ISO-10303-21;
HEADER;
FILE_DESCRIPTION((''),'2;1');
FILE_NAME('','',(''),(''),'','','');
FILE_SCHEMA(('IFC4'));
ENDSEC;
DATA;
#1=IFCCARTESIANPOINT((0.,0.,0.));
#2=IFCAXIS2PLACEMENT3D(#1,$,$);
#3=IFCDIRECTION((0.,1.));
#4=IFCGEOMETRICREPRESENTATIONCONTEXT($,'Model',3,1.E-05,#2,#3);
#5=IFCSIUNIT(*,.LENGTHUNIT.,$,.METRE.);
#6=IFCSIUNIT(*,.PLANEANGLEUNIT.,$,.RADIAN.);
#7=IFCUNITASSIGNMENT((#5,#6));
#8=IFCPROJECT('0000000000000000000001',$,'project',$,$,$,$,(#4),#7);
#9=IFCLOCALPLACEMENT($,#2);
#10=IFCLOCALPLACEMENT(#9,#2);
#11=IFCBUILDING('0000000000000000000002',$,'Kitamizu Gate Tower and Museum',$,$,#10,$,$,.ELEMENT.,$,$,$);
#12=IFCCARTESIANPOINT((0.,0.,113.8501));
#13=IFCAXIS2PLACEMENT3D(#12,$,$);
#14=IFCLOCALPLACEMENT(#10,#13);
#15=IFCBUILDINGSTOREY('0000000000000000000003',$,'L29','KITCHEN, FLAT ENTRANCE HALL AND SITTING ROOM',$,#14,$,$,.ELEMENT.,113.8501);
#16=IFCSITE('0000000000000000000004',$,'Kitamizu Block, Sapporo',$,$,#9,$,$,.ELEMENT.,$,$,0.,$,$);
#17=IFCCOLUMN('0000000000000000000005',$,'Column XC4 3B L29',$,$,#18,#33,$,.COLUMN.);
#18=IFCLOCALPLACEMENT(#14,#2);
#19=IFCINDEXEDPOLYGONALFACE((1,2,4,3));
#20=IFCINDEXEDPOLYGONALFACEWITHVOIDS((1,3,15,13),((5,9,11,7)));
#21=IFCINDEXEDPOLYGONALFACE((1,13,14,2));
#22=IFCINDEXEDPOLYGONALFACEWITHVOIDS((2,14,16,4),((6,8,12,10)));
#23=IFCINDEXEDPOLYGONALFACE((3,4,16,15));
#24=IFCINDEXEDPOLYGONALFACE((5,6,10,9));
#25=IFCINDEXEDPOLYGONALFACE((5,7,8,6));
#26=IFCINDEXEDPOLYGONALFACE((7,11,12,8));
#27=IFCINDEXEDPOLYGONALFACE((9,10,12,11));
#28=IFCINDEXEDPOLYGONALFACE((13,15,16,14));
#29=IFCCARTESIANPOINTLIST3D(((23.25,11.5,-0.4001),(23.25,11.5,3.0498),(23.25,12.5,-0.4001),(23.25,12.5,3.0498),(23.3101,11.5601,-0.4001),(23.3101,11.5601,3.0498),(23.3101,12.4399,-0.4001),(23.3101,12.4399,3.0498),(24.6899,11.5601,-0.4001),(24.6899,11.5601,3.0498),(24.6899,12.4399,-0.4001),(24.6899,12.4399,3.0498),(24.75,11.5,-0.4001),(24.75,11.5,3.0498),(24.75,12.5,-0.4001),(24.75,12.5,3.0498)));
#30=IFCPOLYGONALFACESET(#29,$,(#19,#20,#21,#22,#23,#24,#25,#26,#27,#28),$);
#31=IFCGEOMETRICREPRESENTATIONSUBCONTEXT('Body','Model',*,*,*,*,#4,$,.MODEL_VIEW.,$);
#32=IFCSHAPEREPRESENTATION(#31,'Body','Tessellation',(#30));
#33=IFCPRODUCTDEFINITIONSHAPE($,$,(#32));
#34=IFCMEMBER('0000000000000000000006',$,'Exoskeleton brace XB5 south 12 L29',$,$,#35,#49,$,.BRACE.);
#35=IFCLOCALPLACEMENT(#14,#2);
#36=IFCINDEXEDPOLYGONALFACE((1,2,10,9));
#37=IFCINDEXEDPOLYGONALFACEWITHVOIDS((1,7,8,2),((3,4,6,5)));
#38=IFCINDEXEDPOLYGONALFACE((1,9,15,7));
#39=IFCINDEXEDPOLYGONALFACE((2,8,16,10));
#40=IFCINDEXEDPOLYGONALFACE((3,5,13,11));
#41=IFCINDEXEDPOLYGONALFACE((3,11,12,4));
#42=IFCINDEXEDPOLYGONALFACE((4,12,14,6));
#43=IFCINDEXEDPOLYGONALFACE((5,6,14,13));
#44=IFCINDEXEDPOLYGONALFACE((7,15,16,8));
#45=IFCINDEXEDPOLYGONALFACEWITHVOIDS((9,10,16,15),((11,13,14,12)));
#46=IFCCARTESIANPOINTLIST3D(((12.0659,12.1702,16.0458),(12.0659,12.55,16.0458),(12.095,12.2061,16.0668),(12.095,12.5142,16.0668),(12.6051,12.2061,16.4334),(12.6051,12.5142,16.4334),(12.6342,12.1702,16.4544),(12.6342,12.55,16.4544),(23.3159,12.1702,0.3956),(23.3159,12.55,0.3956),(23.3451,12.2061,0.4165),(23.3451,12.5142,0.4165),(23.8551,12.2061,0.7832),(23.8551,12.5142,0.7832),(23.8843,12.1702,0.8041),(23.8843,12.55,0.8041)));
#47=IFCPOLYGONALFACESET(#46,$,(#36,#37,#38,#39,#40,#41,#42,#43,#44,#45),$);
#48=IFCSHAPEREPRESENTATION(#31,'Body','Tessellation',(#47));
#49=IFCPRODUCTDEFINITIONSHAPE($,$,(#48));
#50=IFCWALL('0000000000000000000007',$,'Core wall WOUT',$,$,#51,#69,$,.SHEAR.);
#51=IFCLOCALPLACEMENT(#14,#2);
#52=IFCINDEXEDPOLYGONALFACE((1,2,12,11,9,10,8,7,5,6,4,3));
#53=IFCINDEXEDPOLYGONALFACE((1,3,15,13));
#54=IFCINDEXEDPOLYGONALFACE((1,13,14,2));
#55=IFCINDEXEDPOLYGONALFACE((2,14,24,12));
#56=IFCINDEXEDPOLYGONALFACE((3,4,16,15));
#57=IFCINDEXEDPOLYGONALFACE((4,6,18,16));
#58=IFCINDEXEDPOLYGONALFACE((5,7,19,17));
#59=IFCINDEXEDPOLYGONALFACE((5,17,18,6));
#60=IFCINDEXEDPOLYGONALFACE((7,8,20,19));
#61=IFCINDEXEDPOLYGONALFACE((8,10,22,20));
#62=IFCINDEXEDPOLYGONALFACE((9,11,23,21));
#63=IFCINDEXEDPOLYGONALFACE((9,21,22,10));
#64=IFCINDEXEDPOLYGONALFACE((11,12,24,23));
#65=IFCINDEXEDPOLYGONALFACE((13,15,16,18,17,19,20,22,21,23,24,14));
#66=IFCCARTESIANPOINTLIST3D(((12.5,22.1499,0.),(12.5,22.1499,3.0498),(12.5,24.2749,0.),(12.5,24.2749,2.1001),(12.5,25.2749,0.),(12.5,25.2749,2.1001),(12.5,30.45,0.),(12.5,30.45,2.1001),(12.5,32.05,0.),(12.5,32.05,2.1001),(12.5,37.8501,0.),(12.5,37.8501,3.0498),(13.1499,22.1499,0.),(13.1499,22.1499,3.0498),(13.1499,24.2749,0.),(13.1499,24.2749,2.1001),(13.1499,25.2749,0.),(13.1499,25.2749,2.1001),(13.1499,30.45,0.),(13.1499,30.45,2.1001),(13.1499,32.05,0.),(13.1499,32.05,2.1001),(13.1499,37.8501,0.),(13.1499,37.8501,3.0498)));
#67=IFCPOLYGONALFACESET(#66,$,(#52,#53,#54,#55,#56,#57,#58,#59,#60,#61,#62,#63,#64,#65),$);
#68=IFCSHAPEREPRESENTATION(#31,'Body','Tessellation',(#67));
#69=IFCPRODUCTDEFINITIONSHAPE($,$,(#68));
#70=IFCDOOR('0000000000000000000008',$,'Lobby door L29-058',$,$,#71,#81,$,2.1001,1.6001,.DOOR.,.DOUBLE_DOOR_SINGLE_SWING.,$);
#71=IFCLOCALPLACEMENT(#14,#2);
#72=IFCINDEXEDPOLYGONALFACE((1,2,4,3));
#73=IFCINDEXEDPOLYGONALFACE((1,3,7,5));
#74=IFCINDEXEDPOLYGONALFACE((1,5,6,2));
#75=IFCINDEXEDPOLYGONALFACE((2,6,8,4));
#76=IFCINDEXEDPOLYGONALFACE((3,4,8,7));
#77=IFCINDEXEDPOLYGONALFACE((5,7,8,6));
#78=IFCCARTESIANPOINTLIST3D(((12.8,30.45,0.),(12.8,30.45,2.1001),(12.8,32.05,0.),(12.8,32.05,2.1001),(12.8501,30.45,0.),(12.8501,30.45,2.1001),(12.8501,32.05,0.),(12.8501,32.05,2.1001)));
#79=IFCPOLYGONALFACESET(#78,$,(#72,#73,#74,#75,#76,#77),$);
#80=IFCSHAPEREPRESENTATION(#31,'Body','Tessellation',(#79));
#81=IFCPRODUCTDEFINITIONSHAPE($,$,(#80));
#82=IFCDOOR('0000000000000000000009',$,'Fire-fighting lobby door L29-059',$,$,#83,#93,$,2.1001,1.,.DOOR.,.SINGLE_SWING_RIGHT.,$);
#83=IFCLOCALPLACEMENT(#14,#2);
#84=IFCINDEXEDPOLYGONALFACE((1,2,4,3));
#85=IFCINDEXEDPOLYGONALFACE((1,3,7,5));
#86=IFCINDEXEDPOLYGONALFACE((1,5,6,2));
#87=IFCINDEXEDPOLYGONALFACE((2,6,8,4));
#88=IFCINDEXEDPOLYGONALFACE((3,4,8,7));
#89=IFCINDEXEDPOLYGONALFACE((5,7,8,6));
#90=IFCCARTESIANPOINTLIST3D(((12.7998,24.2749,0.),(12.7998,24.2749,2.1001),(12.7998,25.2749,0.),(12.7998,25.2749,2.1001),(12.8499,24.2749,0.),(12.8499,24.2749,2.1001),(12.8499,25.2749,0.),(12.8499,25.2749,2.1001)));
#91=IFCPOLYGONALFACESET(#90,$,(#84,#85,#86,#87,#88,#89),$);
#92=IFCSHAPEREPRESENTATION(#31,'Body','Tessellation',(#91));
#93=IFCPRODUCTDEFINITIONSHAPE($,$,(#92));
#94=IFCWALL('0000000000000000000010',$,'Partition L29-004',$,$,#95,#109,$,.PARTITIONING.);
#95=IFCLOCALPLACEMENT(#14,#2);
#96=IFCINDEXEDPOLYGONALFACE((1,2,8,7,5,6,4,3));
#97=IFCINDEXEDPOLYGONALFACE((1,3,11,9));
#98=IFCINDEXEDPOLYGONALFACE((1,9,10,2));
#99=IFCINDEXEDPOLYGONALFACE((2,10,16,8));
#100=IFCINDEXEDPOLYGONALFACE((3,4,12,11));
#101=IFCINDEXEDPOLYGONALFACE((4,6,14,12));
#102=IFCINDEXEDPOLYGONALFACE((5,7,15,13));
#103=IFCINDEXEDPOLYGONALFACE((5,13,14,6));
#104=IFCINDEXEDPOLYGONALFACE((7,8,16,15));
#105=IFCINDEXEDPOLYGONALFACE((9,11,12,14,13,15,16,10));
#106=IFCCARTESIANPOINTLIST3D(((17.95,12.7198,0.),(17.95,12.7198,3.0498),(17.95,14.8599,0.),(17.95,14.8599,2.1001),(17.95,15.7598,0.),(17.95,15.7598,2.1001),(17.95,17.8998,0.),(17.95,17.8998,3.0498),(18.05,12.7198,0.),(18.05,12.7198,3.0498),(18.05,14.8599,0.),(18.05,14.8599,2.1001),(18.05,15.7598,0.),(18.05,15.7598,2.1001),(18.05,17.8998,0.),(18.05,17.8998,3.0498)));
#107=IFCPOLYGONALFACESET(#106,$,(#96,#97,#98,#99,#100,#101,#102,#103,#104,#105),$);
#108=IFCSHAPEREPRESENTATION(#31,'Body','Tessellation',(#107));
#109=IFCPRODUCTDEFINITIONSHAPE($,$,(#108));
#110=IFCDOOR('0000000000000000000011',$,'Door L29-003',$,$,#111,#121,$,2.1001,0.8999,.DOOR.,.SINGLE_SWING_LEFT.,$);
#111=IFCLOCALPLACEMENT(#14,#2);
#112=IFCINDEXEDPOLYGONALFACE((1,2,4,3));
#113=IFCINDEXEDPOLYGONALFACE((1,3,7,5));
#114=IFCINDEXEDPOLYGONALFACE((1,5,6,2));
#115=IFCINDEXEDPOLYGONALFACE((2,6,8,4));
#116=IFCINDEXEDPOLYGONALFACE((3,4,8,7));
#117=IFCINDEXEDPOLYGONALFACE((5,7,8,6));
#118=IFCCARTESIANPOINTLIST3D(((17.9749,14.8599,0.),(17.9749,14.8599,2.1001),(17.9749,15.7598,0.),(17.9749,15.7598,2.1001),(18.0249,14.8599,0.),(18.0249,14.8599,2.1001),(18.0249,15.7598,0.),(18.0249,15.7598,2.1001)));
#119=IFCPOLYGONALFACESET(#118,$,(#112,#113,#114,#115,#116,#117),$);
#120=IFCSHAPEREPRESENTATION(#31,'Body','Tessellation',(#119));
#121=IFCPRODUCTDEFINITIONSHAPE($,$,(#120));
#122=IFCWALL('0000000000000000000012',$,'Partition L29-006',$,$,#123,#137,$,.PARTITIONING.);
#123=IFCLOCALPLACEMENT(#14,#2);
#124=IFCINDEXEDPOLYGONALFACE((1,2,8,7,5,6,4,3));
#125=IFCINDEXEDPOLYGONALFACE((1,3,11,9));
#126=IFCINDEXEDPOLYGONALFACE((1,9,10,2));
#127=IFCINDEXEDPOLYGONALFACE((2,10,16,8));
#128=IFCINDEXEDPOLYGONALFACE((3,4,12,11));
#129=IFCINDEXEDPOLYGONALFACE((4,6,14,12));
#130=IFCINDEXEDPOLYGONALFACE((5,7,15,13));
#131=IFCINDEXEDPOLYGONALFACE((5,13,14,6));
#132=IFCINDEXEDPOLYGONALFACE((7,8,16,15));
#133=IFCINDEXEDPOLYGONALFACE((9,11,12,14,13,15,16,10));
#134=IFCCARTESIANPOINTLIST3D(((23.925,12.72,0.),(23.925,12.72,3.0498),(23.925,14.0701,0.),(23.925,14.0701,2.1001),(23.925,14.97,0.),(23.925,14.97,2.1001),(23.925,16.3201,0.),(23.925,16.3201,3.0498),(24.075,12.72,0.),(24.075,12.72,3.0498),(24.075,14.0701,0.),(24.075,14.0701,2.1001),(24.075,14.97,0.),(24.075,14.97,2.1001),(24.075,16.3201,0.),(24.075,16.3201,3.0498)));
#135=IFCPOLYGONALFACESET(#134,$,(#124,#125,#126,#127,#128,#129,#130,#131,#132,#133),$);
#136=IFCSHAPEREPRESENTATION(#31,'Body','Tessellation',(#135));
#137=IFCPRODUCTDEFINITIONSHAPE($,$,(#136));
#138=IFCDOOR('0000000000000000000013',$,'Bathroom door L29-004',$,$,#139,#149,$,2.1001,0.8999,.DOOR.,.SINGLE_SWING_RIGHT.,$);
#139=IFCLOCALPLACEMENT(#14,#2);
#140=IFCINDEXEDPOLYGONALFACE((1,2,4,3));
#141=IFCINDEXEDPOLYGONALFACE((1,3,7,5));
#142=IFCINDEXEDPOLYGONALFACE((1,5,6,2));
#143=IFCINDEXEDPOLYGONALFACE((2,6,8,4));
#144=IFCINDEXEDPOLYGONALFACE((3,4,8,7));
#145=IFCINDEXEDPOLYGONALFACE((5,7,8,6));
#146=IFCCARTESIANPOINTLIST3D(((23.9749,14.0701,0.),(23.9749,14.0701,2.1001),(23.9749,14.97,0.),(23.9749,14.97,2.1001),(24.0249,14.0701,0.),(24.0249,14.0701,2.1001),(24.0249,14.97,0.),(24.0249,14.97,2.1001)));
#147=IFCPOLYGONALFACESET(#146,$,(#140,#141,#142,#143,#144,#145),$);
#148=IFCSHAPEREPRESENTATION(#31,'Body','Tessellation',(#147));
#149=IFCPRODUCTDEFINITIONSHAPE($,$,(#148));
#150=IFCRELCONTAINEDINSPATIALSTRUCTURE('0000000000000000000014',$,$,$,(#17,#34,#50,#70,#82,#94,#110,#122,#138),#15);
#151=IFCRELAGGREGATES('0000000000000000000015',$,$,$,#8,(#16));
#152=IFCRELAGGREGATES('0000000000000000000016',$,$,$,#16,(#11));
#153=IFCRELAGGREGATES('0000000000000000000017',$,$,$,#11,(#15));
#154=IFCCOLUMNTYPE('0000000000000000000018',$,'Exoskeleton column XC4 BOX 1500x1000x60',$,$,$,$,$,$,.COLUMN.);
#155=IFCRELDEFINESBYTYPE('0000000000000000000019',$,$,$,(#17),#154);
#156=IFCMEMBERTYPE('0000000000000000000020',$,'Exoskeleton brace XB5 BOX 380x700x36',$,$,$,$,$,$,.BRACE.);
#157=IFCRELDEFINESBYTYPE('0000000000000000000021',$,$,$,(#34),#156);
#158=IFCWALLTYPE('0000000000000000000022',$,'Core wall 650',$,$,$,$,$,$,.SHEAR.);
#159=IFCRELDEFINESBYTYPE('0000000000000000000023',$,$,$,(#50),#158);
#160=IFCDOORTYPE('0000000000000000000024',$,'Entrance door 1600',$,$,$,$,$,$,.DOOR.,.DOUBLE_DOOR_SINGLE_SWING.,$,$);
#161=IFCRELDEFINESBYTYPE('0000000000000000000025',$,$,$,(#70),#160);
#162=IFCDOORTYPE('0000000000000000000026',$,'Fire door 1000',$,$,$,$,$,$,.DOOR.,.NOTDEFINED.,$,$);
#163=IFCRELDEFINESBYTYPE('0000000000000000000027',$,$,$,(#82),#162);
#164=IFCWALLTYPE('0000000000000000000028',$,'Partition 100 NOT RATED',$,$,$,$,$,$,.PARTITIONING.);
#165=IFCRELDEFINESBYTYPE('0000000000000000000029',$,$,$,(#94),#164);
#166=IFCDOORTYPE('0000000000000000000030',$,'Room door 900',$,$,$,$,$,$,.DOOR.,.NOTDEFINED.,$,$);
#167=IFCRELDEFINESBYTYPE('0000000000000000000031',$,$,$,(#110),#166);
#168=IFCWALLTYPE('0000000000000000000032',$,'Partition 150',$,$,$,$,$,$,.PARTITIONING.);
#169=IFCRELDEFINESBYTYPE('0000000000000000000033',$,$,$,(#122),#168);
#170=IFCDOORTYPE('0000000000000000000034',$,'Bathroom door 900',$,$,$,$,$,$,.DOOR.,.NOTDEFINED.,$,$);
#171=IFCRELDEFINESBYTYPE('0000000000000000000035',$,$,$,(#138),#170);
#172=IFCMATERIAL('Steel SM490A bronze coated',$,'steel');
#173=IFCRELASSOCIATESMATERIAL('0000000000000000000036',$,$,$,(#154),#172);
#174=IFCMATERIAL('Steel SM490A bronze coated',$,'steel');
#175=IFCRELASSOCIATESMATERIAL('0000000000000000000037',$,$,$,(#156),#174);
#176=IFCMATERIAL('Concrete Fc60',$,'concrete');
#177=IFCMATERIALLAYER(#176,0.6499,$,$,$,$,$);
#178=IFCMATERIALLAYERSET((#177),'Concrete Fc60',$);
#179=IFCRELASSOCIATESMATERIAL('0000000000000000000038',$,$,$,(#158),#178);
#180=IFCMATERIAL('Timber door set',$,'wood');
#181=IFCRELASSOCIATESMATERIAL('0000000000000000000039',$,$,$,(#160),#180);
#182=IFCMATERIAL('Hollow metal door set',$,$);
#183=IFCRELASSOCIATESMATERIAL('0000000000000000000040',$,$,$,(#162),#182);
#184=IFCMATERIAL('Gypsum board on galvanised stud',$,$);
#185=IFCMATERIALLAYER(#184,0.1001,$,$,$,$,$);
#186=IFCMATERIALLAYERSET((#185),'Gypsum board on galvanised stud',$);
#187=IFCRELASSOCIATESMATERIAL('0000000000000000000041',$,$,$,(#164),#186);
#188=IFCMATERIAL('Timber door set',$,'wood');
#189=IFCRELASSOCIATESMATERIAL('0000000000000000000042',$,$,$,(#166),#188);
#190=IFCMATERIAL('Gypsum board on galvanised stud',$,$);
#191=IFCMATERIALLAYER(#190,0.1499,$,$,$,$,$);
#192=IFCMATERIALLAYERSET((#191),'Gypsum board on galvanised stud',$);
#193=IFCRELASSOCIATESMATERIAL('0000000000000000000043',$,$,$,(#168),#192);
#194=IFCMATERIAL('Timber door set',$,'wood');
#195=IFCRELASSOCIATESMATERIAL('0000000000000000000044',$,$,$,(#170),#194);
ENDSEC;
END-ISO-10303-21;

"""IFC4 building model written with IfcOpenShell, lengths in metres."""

from ifc_helpers import new_model, si_unit, direction, frame, frame_2d, origin, origin_2d, place, context, subcontext, project, spatial, rectangle, hollow_rectangle, extrude, material, layer, layer_set, material_profile, profile_set, type_object, element, fill, save


model = new_model("IFC4")

# Units and contexts
model_context = context("Model", 3, precision=1e-05, world=origin(), true_north=direction((0.0, 1.0)))
body_context = subcontext(model_context, "Body", "Model", "MODEL_VIEW")
ifc_project = project(units=[si_unit("LENGTHUNIT", "METRE"), si_unit("PLANEANGLEUNIT", "RADIAN")], contexts=[model_context])

# Site, building, storey
site_placement = place(None, origin())
site = spatial("IfcSite", under=ifc_project, at=site_placement, Name="Kitamizu Block, Sapporo", CompositionType="ELEMENT", RefElevation=0.0)
building_placement = place(site_placement, origin())
building = spatial("IfcBuilding", under=site, at=building_placement, Name="Kitamizu Gate Tower and Museum", CompositionType="ELEMENT")
storey_placement = place(building_placement, frame((0.0, 0.0, 113.8501)))
storey = spatial("IfcBuildingStorey", under=building, at=storey_placement, Name="L29", Description="KITCHEN, FLAT ENTRANCE HALL AND SITTING ROOM", CompositionType="ELEMENT", Elevation=113.8501)

# Column
ifc_material_1 = material(Name="Steel SM490A bronze coated", Category="steel")
ifc_material_profile_1 = material_profile(ifc_material_1, hollow_rectangle(XDim=1.5, YDim=1.0, WallThickness=0.0601, at=origin_2d()), Name="BOX 1500x1000x60")
ifc_profile_set_1 = profile_set([ifc_material_profile_1], Name="Steel SM490A bronze coated")
column_type = type_object("IfcColumnType", Name="Exoskeleton column XC4 BOX 1500x1000x60", PredefinedType="COLUMN", material=ifc_profile_set_1)
column_placement = place(storey_placement, frame((24.0, 12.0, -0.4001), z_axis=(0.0, 0.0, 1.0), x_axis=(1.0, 0.0, 0.0)))
element("IfcColumn", 1, at=column_placement, inside=storey, type_object=column_type, Name="Column XC4 3B L29", PredefinedType="COLUMN", context=body_context, shape_type="SweptSolid", body=[
    extrude(hollow_rectangle(XDim=1.5, YDim=1.0, WallThickness=0.0601, at=origin_2d()), origin(), (0.0, 0.0, 1.0), 3.45),
])

# Member
ifc_material_2 = material(Name="Steel SM490A bronze coated", Category="steel")
ifc_material_profile_2 = material_profile(ifc_material_2, hollow_rectangle(XDim=0.3799, YDim=0.7, WallThickness=0.0359, at=origin_2d()), Name="BOX 380x700x36")
ifc_profile_set_2 = profile_set([ifc_material_profile_2], Name="Steel SM490A bronze coated")
member_type = type_object("IfcMemberType", Name="Exoskeleton brace XB5 BOX 380x700x36", PredefinedType="BRACE", material=ifc_profile_set_2)
member_placement = place(storey_placement, frame((23.6001, 12.3601, 0.5999), z_axis=(-0.583686, 0.0, 0.81198), x_axis=(0.0, -1.0, 0.0)))
element("IfcMember", 2, at=member_placement, inside=storey, type_object=member_type, Name="Exoskeleton brace XB5 south 12 L29", PredefinedType="BRACE", context=body_context, shape_type="SweptSolid", body=[
    extrude(hollow_rectangle(XDim=0.3799, YDim=0.7, WallThickness=0.0359, at=origin_2d()), origin(), (0.0, 0.0, 1.0), 19.2742),
])

# Wall, openings, doors
ifc_material_3 = material(Name="Concrete Fc60", Category="concrete")
ifc_layer_1 = layer(ifc_material_3, 0.6499)
ifc_layer_set_1 = layer_set([ifc_layer_1], Name="Concrete Fc60")
wall_type_1 = type_object("IfcWallType", Name="Core wall 650", PredefinedType="SHEAR", material=ifc_layer_set_1)
wall_1_placement = place(storey_placement, frame((12.825, 22.1499, 0.0), z_axis=(0.0, 0.0, 1.0), x_axis=(0.0, 1.0, 0.0)))
wall_1 = element("IfcWall", 3, at=wall_1_placement, inside=storey, type_object=wall_type_1, Name="Core wall WOUT", PredefinedType="SHEAR", context=body_context, shape_type="SweptSolid", body=[
    extrude(rectangle(XDim=15.7002, YDim=0.6499, at=frame_2d((7.8501, 0.0))), origin(), (0.0, 0.0, 1.0), 3.0498),
])
opening_1_placement = place(wall_1_placement, frame((8.3, 0.0, 0.0)))
opening_1 = element("IfcOpeningElement", 4, at=opening_1_placement, cuts=wall_1, PredefinedType="OPENING", context=body_context, shape_type="SweptSolid", body=[
    extrude(rectangle(XDim=1.6001, YDim=2.1001, at=frame_2d((0.8, 1.05))), frame((0.0, 0.335, 0.0), z_axis=(0.0, -1.0, 0.0), x_axis=(1.0, 0.0, 0.0)), (0.0, 0.0, 1.0), 0.6699),
])
opening_2_placement = place(wall_1_placement, frame((2.125, 0.0, 0.0)))
opening_2 = element("IfcOpeningElement", 5, at=opening_2_placement, cuts=wall_1, PredefinedType="OPENING", context=body_context, shape_type="SweptSolid", body=[
    extrude(rectangle(XDim=1.0, YDim=2.1001, at=frame_2d((0.5, 1.05))), frame((0.0, 0.335, 0.0), z_axis=(0.0, -1.0, 0.0), x_axis=(1.0, 0.0, 0.0)), (0.0, 0.0, 1.0), 0.6699),
])
ifc_material_4 = material(Name="Timber door set", Category="wood")
door_type_1 = type_object("IfcDoorType", Name="Entrance door 1600", OperationType="DOUBLE_DOOR_SINGLE_SWING", PredefinedType="DOOR", material=ifc_material_4)
door_1_placement = place(opening_1_placement, origin())
door_1 = element("IfcDoor", 6, at=door_1_placement, inside=storey, type_object=door_type_1, Name="Lobby door L29-058", OperationType="DOUBLE_DOOR_SINGLE_SWING", OverallHeight=2.1001, OverallWidth=1.6001, PredefinedType="DOOR", context=body_context, shape_type="SweptSolid", body=[
    extrude(rectangle(XDim=1.6001, YDim=2.1001, at=frame_2d((0.8, 1.05))), frame((0.0, 0.0249, 0.0), z_axis=(0.0, -1.0, 0.0), x_axis=(1.0, 0.0, 0.0)), (0.0, 0.0, 1.0), 0.05),
])
fill(opening_1, door_1)
ifc_material_5 = material(Name="Hollow metal door set")
door_type_2 = type_object("IfcDoorType", Name="Fire door 1000", OperationType="NOTDEFINED", PredefinedType="DOOR", material=ifc_material_5)
door_2_placement = place(opening_2_placement, frame((1.0, 0.0, 0.0), x_axis=(-1.0, 0.0, 0.0)))
door_2 = element("IfcDoor", 7, at=door_2_placement, inside=storey, type_object=door_type_2, Name="Fire-fighting lobby door L29-059", OperationType="SINGLE_SWING_RIGHT", OverallHeight=2.1001, OverallWidth=1.0, PredefinedType="DOOR", context=body_context, shape_type="SweptSolid", body=[
    extrude(rectangle(XDim=1.0, YDim=2.1001, at=frame_2d((0.5, 1.05))), frame((0.0, 0.0249, 0.0), z_axis=(0.0, -1.0, 0.0), x_axis=(1.0, 0.0, 0.0)), (0.0, 0.0, 1.0), 0.05),
])
fill(opening_2, door_2)

# Walls, openings, doors
ifc_material_6 = material(Name="Gypsum board on galvanised stud")
ifc_layer_2 = layer(ifc_material_6, 0.1001)
ifc_layer_set_2 = layer_set([ifc_layer_2], Name="Gypsum board on galvanised stud")
wall_type_2 = type_object("IfcWallType", Name="Partition 100 NOT RATED", PredefinedType="PARTITIONING", material=ifc_layer_set_2)
wall_2_placement = place(storey_placement, frame((18.0, 12.72, 0.0), z_axis=(0.0, 0.0, 1.0), x_axis=(0.0, 1.0, 0.0)))
wall_2 = element("IfcWall", 8, at=wall_2_placement, inside=storey, type_object=wall_type_2, Name="Partition L29-004", PredefinedType="PARTITIONING", context=body_context, shape_type="SweptSolid", body=[
    extrude(rectangle(XDim=5.1799, YDim=0.1001, at=frame_2d((2.5898, 0.0))), origin(), (0.0, 0.0, 1.0), 3.0498),
])
opening_3_placement = place(wall_2_placement, frame((2.1399, 0.0, 0.0)))
opening_3 = element("IfcOpeningElement", 9, at=opening_3_placement, cuts=wall_2, PredefinedType="OPENING", context=body_context, shape_type="SweptSolid", body=[
    extrude(rectangle(XDim=0.8999, YDim=2.1001, at=frame_2d((0.45, 1.05))), frame((0.0, 0.0601, 0.0), z_axis=(0.0, -1.0, 0.0), x_axis=(1.0, 0.0, 0.0)), (0.0, 0.0, 1.0), 0.1201),
])
ifc_material_7 = material(Name="Timber door set", Category="wood")
door_type_3 = type_object("IfcDoorType", Name="Room door 900", OperationType="NOTDEFINED", PredefinedType="DOOR", material=ifc_material_7)
door_3_placement = place(opening_3_placement, frame((0.8999, 0.0, 0.0), x_axis=(-1.0, 0.0, 0.0)))
door_3 = element("IfcDoor", 10, at=door_3_placement, inside=storey, type_object=door_type_3, Name="Door L29-003", OperationType="SINGLE_SWING_LEFT", OverallHeight=2.1001, OverallWidth=0.8999, PredefinedType="DOOR", context=body_context, shape_type="SweptSolid", body=[
    extrude(rectangle(XDim=0.8999, YDim=2.1001, at=frame_2d((0.45, 1.05))), frame((0.0, 0.0249, 0.0), z_axis=(0.0, -1.0, 0.0), x_axis=(1.0, 0.0, 0.0)), (0.0, 0.0, 1.0), 0.05),
])
fill(opening_3, door_3)
ifc_material_8 = material(Name="Gypsum board on galvanised stud")
ifc_layer_3 = layer(ifc_material_8, 0.1499)
ifc_layer_set_3 = layer_set([ifc_layer_3], Name="Gypsum board on galvanised stud")
wall_type_3 = type_object("IfcWallType", Name="Partition 150", PredefinedType="PARTITIONING", material=ifc_layer_set_3)
wall_3_placement = place(storey_placement, frame((24.0, 12.72, 0.0), z_axis=(0.0, 0.0, 1.0), x_axis=(0.0, 1.0, 0.0)))
wall_3 = element("IfcWall", 11, at=wall_3_placement, inside=storey, type_object=wall_type_3, Name="Partition L29-006", PredefinedType="PARTITIONING", context=body_context, shape_type="SweptSolid", body=[
    extrude(rectangle(XDim=3.6001, YDim=0.1499, at=frame_2d((1.8, 0.0))), origin(), (0.0, 0.0, 1.0), 3.0498),
])
opening_4_placement = place(wall_3_placement, frame((1.3501, 0.0, 0.0)))
opening_4 = element("IfcOpeningElement", 12, at=opening_4_placement, cuts=wall_3, PredefinedType="OPENING", context=body_context, shape_type="SweptSolid", body=[
    extrude(rectangle(XDim=0.8999, YDim=2.1001, at=frame_2d((0.45, 1.05))), frame((0.0, 0.085, 0.0), z_axis=(0.0, -1.0, 0.0), x_axis=(1.0, 0.0, 0.0)), (0.0, 0.0, 1.0), 0.1699),
])
ifc_material_9 = material(Name="Timber door set", Category="wood")
door_type_4 = type_object("IfcDoorType", Name="Bathroom door 900", OperationType="NOTDEFINED", PredefinedType="DOOR", material=ifc_material_9)
door_4_placement = place(opening_4_placement, frame((0.8999, 0.0, 0.0), x_axis=(-1.0, 0.0, 0.0)))
door_4 = element("IfcDoor", 13, at=door_4_placement, inside=storey, type_object=door_type_4, Name="Bathroom door L29-004", OperationType="SINGLE_SWING_RIGHT", OverallHeight=2.1001, OverallWidth=0.8999, PredefinedType="DOOR", context=body_context, shape_type="SweptSolid", body=[
    extrude(rectangle(XDim=0.8999, YDim=2.1001, at=frame_2d((0.45, 1.05))), frame((0.0, 0.0249, 0.0), z_axis=(0.0, -1.0, 0.0), x_axis=(1.0, 0.0, 0.0)), (0.0, 0.0, 1.0), 0.05),
])
fill(opening_4, door_4)

save(model, "model.ifc")
